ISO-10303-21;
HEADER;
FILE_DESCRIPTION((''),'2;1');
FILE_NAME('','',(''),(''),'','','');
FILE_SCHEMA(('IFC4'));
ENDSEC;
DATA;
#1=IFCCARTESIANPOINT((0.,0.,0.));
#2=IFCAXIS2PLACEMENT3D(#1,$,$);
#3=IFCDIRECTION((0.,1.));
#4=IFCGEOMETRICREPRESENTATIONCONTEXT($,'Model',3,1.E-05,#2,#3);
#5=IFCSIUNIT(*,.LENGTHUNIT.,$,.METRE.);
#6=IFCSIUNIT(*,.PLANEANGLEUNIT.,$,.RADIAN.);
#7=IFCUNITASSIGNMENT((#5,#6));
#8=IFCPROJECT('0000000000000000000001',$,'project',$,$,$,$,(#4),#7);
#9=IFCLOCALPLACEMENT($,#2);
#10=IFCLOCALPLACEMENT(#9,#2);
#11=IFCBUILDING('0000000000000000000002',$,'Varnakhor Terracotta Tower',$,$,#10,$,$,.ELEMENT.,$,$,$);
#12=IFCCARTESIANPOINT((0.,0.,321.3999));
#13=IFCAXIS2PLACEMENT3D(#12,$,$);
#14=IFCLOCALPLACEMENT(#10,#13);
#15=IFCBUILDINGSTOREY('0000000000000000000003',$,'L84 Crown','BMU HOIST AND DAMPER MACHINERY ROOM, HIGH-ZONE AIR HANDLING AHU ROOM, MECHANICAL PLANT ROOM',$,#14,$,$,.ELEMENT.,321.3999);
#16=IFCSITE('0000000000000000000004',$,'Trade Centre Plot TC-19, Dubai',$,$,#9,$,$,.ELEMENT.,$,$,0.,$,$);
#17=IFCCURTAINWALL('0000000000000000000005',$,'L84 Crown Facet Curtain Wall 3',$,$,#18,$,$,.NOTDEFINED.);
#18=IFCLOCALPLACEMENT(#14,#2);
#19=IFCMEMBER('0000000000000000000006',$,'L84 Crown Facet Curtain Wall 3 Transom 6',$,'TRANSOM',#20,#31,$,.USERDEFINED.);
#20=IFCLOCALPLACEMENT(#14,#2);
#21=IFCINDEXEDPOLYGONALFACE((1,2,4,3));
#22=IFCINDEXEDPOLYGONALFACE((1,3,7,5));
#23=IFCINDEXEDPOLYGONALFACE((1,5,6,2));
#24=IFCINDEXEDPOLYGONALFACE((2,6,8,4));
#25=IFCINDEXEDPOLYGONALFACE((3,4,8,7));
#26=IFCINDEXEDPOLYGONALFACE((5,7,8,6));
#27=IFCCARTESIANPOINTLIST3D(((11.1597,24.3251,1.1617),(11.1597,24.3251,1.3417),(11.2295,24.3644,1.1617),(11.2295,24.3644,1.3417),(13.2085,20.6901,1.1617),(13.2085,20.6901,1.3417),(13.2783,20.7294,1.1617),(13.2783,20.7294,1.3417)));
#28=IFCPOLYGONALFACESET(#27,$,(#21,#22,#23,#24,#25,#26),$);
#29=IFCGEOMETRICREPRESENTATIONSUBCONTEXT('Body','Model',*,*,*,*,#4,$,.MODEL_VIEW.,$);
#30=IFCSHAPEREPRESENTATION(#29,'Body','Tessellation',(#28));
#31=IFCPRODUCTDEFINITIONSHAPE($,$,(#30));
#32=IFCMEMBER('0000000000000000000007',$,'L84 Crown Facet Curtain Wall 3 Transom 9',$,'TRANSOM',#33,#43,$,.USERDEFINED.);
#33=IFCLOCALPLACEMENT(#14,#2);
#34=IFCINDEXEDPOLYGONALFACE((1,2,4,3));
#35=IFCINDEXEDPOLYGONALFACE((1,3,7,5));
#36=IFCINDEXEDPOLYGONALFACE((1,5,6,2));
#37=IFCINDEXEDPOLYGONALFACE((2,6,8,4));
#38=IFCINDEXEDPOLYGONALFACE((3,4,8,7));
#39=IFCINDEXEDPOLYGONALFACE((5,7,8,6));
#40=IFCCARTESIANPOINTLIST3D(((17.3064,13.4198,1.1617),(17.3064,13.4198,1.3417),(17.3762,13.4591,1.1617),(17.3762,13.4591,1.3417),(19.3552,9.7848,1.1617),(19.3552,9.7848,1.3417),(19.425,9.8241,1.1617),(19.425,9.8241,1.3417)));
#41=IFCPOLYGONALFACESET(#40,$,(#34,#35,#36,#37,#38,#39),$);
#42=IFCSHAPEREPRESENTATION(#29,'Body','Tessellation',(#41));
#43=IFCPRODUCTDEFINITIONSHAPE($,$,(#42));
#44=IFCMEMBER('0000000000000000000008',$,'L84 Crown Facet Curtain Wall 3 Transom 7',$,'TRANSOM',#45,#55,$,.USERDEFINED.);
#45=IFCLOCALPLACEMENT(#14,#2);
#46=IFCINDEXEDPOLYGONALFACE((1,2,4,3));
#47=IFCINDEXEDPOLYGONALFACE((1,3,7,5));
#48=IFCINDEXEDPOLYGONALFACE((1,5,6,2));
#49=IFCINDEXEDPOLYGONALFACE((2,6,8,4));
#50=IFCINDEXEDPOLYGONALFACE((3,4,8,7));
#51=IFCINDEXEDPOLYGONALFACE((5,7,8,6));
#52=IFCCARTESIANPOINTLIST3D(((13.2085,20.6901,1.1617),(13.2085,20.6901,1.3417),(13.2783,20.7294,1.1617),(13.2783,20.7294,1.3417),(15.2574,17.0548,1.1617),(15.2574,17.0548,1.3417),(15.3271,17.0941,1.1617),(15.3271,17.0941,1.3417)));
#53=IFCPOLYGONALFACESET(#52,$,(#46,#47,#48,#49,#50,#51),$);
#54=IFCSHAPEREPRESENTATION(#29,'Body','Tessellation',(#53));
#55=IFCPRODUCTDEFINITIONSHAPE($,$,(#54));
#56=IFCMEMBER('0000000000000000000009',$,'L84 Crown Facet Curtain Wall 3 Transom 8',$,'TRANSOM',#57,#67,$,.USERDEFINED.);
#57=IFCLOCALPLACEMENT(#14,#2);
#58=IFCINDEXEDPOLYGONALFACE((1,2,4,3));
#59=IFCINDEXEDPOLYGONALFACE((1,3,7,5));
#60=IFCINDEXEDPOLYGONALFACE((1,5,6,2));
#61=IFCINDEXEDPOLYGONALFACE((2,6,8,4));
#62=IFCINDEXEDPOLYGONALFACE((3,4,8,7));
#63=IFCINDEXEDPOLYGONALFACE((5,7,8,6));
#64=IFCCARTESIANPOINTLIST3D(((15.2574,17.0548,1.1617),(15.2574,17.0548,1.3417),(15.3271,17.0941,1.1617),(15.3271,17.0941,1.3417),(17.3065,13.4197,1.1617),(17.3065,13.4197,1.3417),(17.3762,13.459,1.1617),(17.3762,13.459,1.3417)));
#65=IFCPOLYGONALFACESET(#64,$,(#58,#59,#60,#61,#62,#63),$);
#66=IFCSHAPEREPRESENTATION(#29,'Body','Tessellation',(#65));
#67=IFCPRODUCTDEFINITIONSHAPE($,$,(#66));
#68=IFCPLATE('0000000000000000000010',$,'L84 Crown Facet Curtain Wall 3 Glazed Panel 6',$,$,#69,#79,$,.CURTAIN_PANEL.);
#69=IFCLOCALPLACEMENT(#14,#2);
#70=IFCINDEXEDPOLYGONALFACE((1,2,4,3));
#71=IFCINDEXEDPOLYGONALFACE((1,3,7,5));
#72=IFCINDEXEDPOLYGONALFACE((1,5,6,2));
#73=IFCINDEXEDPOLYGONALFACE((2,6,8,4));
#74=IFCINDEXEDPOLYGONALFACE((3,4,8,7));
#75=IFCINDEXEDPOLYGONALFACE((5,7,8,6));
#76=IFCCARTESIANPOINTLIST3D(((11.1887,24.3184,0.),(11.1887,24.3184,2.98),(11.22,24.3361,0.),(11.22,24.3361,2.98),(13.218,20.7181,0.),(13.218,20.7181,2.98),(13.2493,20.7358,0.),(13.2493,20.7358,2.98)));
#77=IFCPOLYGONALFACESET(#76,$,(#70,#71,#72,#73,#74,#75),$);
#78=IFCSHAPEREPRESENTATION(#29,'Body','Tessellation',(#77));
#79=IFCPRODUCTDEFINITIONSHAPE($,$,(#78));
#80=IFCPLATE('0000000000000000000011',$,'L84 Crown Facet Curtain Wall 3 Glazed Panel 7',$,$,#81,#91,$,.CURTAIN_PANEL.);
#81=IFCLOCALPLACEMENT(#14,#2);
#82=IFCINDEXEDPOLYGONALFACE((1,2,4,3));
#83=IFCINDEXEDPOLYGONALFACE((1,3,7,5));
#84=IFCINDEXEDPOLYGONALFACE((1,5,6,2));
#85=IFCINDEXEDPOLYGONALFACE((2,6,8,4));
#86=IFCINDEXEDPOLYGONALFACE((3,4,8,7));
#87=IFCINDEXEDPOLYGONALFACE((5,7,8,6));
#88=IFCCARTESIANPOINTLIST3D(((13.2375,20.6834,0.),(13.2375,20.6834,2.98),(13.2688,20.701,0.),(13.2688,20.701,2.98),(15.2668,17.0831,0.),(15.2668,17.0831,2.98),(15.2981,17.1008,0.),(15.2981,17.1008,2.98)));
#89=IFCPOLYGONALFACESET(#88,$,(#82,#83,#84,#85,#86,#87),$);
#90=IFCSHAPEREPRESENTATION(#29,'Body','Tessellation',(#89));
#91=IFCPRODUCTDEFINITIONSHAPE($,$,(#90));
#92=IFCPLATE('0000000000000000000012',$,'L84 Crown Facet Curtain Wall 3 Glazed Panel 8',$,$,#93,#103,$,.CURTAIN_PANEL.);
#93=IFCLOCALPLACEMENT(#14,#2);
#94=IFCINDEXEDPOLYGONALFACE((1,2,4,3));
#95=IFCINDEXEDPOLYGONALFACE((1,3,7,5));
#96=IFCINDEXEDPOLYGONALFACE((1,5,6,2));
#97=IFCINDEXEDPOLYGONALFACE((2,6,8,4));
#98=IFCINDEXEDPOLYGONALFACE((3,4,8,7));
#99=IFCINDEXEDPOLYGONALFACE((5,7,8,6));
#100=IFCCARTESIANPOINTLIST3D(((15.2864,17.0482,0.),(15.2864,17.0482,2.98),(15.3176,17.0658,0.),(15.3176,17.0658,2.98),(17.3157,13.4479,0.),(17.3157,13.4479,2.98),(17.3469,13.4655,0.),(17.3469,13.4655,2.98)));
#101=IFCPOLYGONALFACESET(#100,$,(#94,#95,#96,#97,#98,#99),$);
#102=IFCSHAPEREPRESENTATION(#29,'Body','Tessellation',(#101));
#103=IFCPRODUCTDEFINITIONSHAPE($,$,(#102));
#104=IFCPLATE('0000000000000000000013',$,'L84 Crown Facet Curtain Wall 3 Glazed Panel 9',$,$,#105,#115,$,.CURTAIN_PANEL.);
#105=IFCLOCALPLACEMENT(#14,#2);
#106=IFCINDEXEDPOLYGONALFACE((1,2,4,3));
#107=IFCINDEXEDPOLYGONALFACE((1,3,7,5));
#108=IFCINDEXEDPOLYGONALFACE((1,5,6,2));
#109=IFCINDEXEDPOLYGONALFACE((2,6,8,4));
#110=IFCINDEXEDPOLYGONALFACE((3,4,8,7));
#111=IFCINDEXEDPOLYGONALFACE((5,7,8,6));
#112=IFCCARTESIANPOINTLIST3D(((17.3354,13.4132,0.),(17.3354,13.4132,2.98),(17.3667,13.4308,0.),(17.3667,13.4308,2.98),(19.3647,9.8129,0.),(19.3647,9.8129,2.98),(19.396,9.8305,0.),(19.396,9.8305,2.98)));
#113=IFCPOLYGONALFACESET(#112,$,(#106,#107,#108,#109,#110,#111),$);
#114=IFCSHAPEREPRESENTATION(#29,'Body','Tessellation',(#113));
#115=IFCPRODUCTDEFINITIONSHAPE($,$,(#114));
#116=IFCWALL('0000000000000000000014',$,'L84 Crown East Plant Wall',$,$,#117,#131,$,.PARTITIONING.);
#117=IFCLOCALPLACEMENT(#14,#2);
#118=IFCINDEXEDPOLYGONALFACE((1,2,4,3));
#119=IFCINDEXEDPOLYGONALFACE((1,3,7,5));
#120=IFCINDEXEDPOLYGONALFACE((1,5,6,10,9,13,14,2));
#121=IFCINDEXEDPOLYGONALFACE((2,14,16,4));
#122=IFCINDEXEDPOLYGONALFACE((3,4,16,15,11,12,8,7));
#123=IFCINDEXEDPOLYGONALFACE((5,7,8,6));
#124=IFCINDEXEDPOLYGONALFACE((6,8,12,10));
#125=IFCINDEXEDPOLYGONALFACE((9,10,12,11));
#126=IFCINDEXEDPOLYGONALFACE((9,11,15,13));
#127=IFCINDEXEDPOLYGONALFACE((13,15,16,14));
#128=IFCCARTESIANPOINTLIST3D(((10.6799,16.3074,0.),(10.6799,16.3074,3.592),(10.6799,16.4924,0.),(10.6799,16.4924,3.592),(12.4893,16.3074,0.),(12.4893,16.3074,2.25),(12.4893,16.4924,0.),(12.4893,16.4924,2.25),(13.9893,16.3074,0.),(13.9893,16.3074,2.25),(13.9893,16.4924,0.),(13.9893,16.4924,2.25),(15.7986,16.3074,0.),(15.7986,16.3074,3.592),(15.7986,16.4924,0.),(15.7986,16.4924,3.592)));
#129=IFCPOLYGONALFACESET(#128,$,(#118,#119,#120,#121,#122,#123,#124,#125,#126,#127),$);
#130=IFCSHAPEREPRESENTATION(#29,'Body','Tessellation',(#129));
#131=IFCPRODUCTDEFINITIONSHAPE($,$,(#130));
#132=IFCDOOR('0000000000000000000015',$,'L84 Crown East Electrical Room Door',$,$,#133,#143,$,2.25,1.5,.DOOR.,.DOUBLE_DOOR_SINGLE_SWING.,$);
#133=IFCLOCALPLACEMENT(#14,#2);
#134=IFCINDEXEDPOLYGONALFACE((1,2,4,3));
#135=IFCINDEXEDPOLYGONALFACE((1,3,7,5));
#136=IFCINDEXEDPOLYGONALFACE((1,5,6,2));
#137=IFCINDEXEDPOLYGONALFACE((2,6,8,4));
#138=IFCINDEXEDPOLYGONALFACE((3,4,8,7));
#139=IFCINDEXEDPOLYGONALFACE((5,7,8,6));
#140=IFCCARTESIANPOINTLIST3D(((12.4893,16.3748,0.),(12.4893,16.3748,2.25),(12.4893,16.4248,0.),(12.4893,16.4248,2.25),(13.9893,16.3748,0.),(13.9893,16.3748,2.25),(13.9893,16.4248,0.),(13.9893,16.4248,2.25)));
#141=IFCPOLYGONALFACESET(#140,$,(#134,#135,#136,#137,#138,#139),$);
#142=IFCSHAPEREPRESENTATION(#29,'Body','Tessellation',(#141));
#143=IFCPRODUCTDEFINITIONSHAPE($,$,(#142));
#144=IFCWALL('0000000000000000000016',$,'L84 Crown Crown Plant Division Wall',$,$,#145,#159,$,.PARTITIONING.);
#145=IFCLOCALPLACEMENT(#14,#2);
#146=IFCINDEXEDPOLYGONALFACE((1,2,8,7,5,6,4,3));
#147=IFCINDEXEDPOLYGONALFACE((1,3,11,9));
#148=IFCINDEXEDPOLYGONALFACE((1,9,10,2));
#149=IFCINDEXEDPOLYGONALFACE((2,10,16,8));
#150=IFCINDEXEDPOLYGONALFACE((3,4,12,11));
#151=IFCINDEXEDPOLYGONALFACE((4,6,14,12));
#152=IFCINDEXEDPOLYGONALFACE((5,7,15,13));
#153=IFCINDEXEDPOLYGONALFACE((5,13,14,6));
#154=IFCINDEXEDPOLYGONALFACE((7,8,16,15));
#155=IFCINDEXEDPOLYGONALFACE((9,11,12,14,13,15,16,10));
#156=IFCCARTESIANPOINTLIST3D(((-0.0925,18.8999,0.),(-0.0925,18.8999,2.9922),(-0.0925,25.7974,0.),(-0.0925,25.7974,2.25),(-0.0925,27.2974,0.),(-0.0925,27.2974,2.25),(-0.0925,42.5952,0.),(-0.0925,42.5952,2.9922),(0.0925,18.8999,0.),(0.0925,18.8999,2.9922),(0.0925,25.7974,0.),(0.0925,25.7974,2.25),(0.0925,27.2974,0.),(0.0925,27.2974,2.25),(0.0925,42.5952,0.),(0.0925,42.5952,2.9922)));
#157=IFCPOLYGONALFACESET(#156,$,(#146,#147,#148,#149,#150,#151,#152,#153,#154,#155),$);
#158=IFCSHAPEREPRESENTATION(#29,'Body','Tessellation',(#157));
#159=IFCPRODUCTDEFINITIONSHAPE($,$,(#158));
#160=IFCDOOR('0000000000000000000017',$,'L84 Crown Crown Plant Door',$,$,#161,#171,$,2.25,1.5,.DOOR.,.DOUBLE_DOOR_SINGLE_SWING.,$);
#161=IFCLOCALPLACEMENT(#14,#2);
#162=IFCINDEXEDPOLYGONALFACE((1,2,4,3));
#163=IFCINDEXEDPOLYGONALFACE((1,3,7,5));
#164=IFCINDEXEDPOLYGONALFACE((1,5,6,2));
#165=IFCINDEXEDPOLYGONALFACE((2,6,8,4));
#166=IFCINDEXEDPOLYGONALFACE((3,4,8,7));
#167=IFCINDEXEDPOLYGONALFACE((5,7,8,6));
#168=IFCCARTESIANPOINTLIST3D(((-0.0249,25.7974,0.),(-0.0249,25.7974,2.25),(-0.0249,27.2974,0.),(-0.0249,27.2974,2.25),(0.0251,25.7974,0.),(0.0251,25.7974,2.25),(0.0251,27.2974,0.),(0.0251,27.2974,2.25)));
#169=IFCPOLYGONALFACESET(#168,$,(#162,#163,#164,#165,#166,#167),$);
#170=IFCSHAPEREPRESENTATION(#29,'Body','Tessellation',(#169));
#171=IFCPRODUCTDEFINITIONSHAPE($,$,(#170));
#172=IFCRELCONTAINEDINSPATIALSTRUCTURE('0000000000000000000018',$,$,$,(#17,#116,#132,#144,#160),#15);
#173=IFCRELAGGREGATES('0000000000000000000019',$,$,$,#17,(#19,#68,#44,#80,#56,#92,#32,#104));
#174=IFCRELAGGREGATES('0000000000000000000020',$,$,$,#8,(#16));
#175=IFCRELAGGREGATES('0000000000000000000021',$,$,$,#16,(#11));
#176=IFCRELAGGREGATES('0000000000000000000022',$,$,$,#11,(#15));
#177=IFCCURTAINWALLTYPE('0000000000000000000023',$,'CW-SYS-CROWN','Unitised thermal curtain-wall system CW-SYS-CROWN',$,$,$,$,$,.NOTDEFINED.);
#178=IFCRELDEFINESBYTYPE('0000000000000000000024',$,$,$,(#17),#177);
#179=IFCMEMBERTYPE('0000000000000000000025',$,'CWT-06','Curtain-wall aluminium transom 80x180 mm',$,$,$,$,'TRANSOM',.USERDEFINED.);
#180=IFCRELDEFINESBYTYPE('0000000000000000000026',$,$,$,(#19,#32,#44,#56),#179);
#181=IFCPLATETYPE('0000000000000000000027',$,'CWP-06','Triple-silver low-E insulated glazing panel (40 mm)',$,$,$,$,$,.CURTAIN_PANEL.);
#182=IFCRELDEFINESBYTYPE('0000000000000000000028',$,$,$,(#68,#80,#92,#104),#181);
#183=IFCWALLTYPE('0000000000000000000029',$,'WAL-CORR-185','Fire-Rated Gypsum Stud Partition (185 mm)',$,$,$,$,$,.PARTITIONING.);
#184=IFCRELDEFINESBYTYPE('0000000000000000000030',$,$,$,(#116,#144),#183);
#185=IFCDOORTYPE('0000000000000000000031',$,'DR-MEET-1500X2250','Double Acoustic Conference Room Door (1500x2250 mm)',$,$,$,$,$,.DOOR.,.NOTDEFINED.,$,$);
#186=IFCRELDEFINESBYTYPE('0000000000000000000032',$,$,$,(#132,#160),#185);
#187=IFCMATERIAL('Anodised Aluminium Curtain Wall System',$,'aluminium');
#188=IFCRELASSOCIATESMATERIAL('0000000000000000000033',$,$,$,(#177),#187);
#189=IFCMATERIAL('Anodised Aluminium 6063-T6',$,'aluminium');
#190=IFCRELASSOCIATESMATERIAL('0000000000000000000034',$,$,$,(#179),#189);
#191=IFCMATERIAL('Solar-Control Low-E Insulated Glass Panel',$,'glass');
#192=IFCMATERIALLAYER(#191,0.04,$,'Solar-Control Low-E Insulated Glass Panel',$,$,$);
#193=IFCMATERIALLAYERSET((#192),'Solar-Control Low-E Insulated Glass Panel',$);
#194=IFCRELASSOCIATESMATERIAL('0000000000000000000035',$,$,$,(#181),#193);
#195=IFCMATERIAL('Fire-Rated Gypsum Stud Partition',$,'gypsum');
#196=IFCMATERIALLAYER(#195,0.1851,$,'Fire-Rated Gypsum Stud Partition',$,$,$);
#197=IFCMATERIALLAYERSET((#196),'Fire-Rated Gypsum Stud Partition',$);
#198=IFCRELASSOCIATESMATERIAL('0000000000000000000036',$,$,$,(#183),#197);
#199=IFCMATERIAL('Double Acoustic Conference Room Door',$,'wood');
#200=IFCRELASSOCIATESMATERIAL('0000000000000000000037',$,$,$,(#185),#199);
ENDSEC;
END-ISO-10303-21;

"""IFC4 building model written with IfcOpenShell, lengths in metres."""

from ifc_helpers import new_model, si_unit, direction, frame, frame_2d, origin, origin_2d, place, context, subcontext, project, spatial, rectangle, extrude, source, transform, mapped, material, layer, layer_set, material_profile, profile_set, type_object, type_shapes, element, fill, aggregate, save


model = new_model("IFC4")

# Units and contexts
model_context = context("Model", 3, precision=1e-05, world=origin(), true_north=direction((0.0, 1.0)))
body_context = subcontext(model_context, "Body", "Model", "MODEL_VIEW")
ifc_project = project(units=[si_unit("LENGTHUNIT", "METRE"), si_unit("PLANEANGLEUNIT", "RADIAN")], contexts=[model_context])

# Site, building, storey
site_placement = place(None, origin())
site = spatial("IfcSite", under=ifc_project, at=site_placement, Name="Trade Centre Plot TC-19, Dubai", CompositionType="ELEMENT", RefElevation=0.0)
building_placement = place(site_placement, origin())
building = spatial("IfcBuilding", under=site, at=building_placement, Name="Varnakhor Terracotta Tower", CompositionType="ELEMENT")
storey_placement = place(building_placement, frame((0.0, 0.0, 321.3999)))
storey = spatial("IfcBuildingStorey", under=building, at=storey_placement, Name="L84 Crown", Description="BMU HOIST AND DAMPER MACHINERY ROOM, HIGH-ZONE AIR HANDLING AHU ROOM, MECHANICAL PLANT ROOM", CompositionType="ELEMENT", Elevation=321.3999)

# Curtain wall, members, plates
ifc_material_1 = material(Name="Anodised Aluminium Curtain Wall System", Category="aluminium")
curtain_wall_type = type_object("IfcCurtainWallType", Name="CW-SYS-CROWN", Description="Unitised thermal curtain-wall system CW-SYS-CROWN", PredefinedType="NOTDEFINED", material=ifc_material_1)
curtain_wall_placement = place(storey_placement, origin())
curtain_wall = element("IfcCurtainWall", 1, at=curtain_wall_placement, inside=storey, type_object=curtain_wall_type, Name="L84 Crown Facet Curtain Wall 3", PredefinedType="NOTDEFINED")
ifc_material_2 = material(Name="Anodised Aluminium 6063-T6", Category="aluminium")
ifc_material_profile_1 = material_profile(ifc_material_2, rectangle(XDim=0.0801, YDim=0.1799, at=origin_2d()), Name="ALU TRANSOM 80x180")
ifc_profile_set_1 = profile_set([ifc_material_profile_1], Name="Anodised Aluminium 6063-T6")
member_type_1 = type_object("IfcMemberType", Name="CWT-06", Description="Curtain-wall aluminium transom 80x180 mm", ElementType="TRANSOM", PredefinedType="USERDEFINED", material=ifc_profile_set_1)
shared_shape_1 = source(origin(), body_context, "Body", "SweptSolid", [
    extrude(rectangle(XDim=0.0801, YDim=0.1799, at=origin_2d()), origin(), (0.0, 0.0, 1.0), 4.1726),
])
member_1_placement = place(storey_placement, frame((11.1946, 24.3447, 1.2517), z_axis=(0.491014, -0.871152, 0.0), x_axis=(0.871152, 0.491014, 0.0)))
member_1 = element("IfcMember", 2, at=member_1_placement, type_object=member_type_1, Name="L84 Crown Facet Curtain Wall 3 Transom 6", ObjectType="TRANSOM", PredefinedType="USERDEFINED", context=body_context, shape_type="MappedRepresentation", body=[
    mapped(shared_shape_1, transform((0.0, 0.0, 0.0), scale=1.0)),
])
member_2_placement = place(storey_placement, frame((17.3413, 13.4395, 1.2517), z_axis=(0.491014, -0.871152, 0.0), x_axis=(0.871152, 0.491014, 0.0)))
member_2 = element("IfcMember", 3, at=member_2_placement, type_object=member_type_1, Name="L84 Crown Facet Curtain Wall 3 Transom 9", ObjectType="TRANSOM", PredefinedType="USERDEFINED", context=body_context, shape_type="MappedRepresentation", body=[
    mapped(shared_shape_1, transform((0.0, 0.0, 0.0), scale=1.0)),
])
shared_shape_2 = source(origin(), body_context, "Body", "SweptSolid", [
    extrude(rectangle(XDim=0.0801, YDim=0.1799, at=origin_2d()), origin(), (0.0, 0.0, 1.0), 4.1729),
])
member_3_placement = place(storey_placement, frame((13.2434, 20.7097, 1.2517), z_axis=(0.490989, -0.871166, 0.0), x_axis=(0.871166, 0.490989, 0.0)))
member_3 = element("IfcMember", 4, at=member_3_placement, type_object=member_type_1, Name="L84 Crown Facet Curtain Wall 3 Transom 7", ObjectType="TRANSOM", PredefinedType="USERDEFINED", context=body_context, shape_type="MappedRepresentation", body=[
    mapped(shared_shape_2, transform((0.0, 0.0, 0.0), scale=1.0)),
])
member_4_placement = place(storey_placement, frame((15.2922, 17.0745, 1.2517), z_axis=(0.491058, -0.871127, 0.0), x_axis=(0.871127, 0.491058, 0.0)))
member_4 = element("IfcMember", 5, at=member_4_placement, type_object=member_type_1, Name="L84 Crown Facet Curtain Wall 3 Transom 8", ObjectType="TRANSOM", PredefinedType="USERDEFINED", context=body_context, shape_type="MappedRepresentation", body=[
    mapped(shared_shape_2, transform((0.0, 0.0, 0.0), scale=1.0)),
])
ifc_material_3 = material(Name="Solar-Control Low-E Insulated Glass Panel", Category="glass")
ifc_layer_1 = layer(ifc_material_3, 0.04, Name="Solar-Control Low-E Insulated Glass Panel")
ifc_layer_set_1 = layer_set([ifc_layer_1], Name="Solar-Control Low-E Insulated Glass Panel")
plate_type = type_object("IfcPlateType", Name="CWP-06", Description="Triple-silver low-E insulated glazing panel (40 mm)", PredefinedType="CURTAIN_PANEL", material=ifc_layer_set_1)
shared_shape_3 = source(origin(), body_context, "Body", "SweptSolid", [
    extrude(rectangle(XDim=4.1328, YDim=0.0359, at=origin_2d()), origin(), (0.0, 0.0, 1.0), 2.98),
])
plate_1_placement = place(storey_placement, frame((12.219, 22.5271, 0.0), z_axis=(0.0, 0.0, 1.0), x_axis=(0.491025, -0.871145, 0.0)))
plate_1 = element("IfcPlate", 6, at=plate_1_placement, type_object=plate_type, Name="L84 Crown Facet Curtain Wall 3 Glazed Panel 6", PredefinedType="CURTAIN_PANEL", context=body_context, shape_type="MappedRepresentation", body=[
    mapped(shared_shape_3, transform((0.0, 0.0, 0.0), scale=1.0)),
])
plate_2_placement = place(storey_placement, frame((14.2678, 18.8921, 0.0), z_axis=(0.0, 0.0, 1.0), x_axis=(0.491025, -0.871145, 0.0)))
plate_2 = element("IfcPlate", 7, at=plate_2_placement, type_object=plate_type, Name="L84 Crown Facet Curtain Wall 3 Glazed Panel 7", PredefinedType="CURTAIN_PANEL", context=body_context, shape_type="MappedRepresentation", body=[
    mapped(shared_shape_3, transform((0.0, 0.0, 0.0), scale=1.0)),
])
plate_3_placement = place(storey_placement, frame((16.3167, 15.2568, 0.0), z_axis=(0.0, 0.0, 1.0), x_axis=(0.491025, -0.871145, 0.0)))
plate_3 = element("IfcPlate", 8, at=plate_3_placement, type_object=plate_type, Name="L84 Crown Facet Curtain Wall 3 Glazed Panel 8", PredefinedType="CURTAIN_PANEL", context=body_context, shape_type="MappedRepresentation", body=[
    mapped(shared_shape_3, transform((0.0, 0.0, 0.0), scale=1.0)),
])
plate_4_placement = place(storey_placement, frame((18.3657, 11.6218, 0.0), z_axis=(0.0, 0.0, 1.0), x_axis=(0.491025, -0.871145, 0.0)))
plate_4 = element("IfcPlate", 9, at=plate_4_placement, type_object=plate_type, Name="L84 Crown Facet Curtain Wall 3 Glazed Panel 9", PredefinedType="CURTAIN_PANEL", context=body_context, shape_type="MappedRepresentation", body=[
    mapped(shared_shape_3, transform((0.0, 0.0, 0.0), scale=1.0)),
])
aggregate(curtain_wall, [member_1, plate_1, member_3, plate_2, member_4, plate_3, member_2, plate_4])

# Walls, openings, doors
ifc_material_4 = material(Name="Fire-Rated Gypsum Stud Partition", Category="gypsum")
ifc_layer_2 = layer(ifc_material_4, 0.1851, Name="Fire-Rated Gypsum Stud Partition")
ifc_layer_set_2 = layer_set([ifc_layer_2], Name="Fire-Rated Gypsum Stud Partition")
wall_type_1 = type_object("IfcWallType", Name="WAL-CORR-185", Description="Fire-Rated Gypsum Stud Partition (185 mm)", PredefinedType="PARTITIONING", material=ifc_layer_set_2)
wall_1_placement = place(storey_placement, frame((10.6799, 16.3999, 0.0), z_axis=(0.0, 0.0, 1.0), x_axis=(1.0, 0.0, 0.0)))
wall_1 = element("IfcWall", 10, at=wall_1_placement, inside=storey, type_object=wall_type_1, Name="L84 Crown East Plant Wall", PredefinedType="PARTITIONING", context=body_context, shape_type="SweptSolid", body=[
    extrude(rectangle(XDim=5.1187, YDim=0.1851, at=frame_2d((2.5593, 0.0))), origin(), (0.0, 0.0, 1.0), 3.592),
])
opening_1_placement = place(wall_1_placement, frame((1.8093, 0.0, 0.0)))
opening_1 = element("IfcOpeningElement", 11, at=opening_1_placement, cuts=wall_1, PredefinedType="OPENING", context=body_context, shape_type="SweptSolid", body=[
    extrude(rectangle(XDim=1.5, YDim=2.25, at=frame_2d((0.75, 1.125))), frame((0.0, 0.1025, 0.0), z_axis=(0.0, -1.0, 0.0), x_axis=(1.0, 0.0, 0.0)), (0.0, 0.0, 1.0), 0.2051),
])
ifc_material_5 = material(Name="Double Acoustic Conference Room Door", Category="wood")
door_type_1 = type_object("IfcDoorType", Name="DR-MEET-1500X2250", Description="Double Acoustic Conference Room Door (1500x2250 mm)", OperationType="NOTDEFINED", PredefinedType="DOOR", material=ifc_material_5)
shared_shape_4 = source(origin(), body_context, "Body", "SweptSolid", [
    extrude(rectangle(XDim=1.5, YDim=2.25, at=frame_2d((0.75, 1.125))), frame((0.0, 0.0249, 0.0), z_axis=(0.0, -1.0, 0.0), x_axis=(1.0, 0.0, 0.0)), (0.0, 0.0, 1.0), 0.05),
])
type_shapes(door_type_1, [shared_shape_4])
door_1_placement = place(opening_1_placement, origin())
door_1 = element("IfcDoor", 12, at=door_1_placement, inside=storey, type_object=door_type_1, Name="L84 Crown East Electrical Room Door", OperationType="DOUBLE_DOOR_SINGLE_SWING", OverallHeight=2.25, OverallWidth=1.5, PredefinedType="DOOR", context=body_context, shape_type="MappedRepresentation", body=[
    mapped(shared_shape_4, transform((0.0, 0.0, 0.0), scale=1.0)),
])
fill(opening_1, door_1)
wall_2_placement = place(storey_placement, frame((0.0, 18.8999, 0.0), z_axis=(0.0, 0.0, 1.0), x_axis=(0.0, 1.0, 0.0)))
wall_2 = element("IfcWall", 13, at=wall_2_placement, inside=storey, type_object=wall_type_1, Name="L84 Crown Crown Plant Division Wall", PredefinedType="PARTITIONING", context=body_context, shape_type="SweptSolid", body=[
    extrude(rectangle(XDim=23.6953, YDim=0.1851, at=frame_2d((11.8477, 0.0))), origin(), (0.0, 0.0, 1.0), 2.9922),
])
opening_2_placement = place(wall_2_placement, frame((6.8975, 0.0, 0.0)))
opening_2 = element("IfcOpeningElement", 14, at=opening_2_placement, cuts=wall_2, PredefinedType="OPENING", context=body_context, shape_type="SweptSolid", body=[
    extrude(rectangle(XDim=1.5, YDim=2.25, at=frame_2d((0.75, 1.125))), frame((0.0, 0.1025, 0.0), z_axis=(0.0, -1.0, 0.0), x_axis=(1.0, 0.0, 0.0)), (0.0, 0.0, 1.0), 0.2051),
])
door_2_placement = place(opening_2_placement, origin())
door_2 = element("IfcDoor", 15, at=door_2_placement, inside=storey, type_object=door_type_1, Name="L84 Crown Crown Plant Door", OperationType="DOUBLE_DOOR_SINGLE_SWING", OverallHeight=2.25, OverallWidth=1.5, PredefinedType="DOOR", context=body_context, shape_type="MappedRepresentation", body=[
    mapped(shared_shape_4, transform((0.0, 0.0, 0.0), scale=1.0)),
])
fill(opening_2, door_2)

save(model, "model.ifc")
